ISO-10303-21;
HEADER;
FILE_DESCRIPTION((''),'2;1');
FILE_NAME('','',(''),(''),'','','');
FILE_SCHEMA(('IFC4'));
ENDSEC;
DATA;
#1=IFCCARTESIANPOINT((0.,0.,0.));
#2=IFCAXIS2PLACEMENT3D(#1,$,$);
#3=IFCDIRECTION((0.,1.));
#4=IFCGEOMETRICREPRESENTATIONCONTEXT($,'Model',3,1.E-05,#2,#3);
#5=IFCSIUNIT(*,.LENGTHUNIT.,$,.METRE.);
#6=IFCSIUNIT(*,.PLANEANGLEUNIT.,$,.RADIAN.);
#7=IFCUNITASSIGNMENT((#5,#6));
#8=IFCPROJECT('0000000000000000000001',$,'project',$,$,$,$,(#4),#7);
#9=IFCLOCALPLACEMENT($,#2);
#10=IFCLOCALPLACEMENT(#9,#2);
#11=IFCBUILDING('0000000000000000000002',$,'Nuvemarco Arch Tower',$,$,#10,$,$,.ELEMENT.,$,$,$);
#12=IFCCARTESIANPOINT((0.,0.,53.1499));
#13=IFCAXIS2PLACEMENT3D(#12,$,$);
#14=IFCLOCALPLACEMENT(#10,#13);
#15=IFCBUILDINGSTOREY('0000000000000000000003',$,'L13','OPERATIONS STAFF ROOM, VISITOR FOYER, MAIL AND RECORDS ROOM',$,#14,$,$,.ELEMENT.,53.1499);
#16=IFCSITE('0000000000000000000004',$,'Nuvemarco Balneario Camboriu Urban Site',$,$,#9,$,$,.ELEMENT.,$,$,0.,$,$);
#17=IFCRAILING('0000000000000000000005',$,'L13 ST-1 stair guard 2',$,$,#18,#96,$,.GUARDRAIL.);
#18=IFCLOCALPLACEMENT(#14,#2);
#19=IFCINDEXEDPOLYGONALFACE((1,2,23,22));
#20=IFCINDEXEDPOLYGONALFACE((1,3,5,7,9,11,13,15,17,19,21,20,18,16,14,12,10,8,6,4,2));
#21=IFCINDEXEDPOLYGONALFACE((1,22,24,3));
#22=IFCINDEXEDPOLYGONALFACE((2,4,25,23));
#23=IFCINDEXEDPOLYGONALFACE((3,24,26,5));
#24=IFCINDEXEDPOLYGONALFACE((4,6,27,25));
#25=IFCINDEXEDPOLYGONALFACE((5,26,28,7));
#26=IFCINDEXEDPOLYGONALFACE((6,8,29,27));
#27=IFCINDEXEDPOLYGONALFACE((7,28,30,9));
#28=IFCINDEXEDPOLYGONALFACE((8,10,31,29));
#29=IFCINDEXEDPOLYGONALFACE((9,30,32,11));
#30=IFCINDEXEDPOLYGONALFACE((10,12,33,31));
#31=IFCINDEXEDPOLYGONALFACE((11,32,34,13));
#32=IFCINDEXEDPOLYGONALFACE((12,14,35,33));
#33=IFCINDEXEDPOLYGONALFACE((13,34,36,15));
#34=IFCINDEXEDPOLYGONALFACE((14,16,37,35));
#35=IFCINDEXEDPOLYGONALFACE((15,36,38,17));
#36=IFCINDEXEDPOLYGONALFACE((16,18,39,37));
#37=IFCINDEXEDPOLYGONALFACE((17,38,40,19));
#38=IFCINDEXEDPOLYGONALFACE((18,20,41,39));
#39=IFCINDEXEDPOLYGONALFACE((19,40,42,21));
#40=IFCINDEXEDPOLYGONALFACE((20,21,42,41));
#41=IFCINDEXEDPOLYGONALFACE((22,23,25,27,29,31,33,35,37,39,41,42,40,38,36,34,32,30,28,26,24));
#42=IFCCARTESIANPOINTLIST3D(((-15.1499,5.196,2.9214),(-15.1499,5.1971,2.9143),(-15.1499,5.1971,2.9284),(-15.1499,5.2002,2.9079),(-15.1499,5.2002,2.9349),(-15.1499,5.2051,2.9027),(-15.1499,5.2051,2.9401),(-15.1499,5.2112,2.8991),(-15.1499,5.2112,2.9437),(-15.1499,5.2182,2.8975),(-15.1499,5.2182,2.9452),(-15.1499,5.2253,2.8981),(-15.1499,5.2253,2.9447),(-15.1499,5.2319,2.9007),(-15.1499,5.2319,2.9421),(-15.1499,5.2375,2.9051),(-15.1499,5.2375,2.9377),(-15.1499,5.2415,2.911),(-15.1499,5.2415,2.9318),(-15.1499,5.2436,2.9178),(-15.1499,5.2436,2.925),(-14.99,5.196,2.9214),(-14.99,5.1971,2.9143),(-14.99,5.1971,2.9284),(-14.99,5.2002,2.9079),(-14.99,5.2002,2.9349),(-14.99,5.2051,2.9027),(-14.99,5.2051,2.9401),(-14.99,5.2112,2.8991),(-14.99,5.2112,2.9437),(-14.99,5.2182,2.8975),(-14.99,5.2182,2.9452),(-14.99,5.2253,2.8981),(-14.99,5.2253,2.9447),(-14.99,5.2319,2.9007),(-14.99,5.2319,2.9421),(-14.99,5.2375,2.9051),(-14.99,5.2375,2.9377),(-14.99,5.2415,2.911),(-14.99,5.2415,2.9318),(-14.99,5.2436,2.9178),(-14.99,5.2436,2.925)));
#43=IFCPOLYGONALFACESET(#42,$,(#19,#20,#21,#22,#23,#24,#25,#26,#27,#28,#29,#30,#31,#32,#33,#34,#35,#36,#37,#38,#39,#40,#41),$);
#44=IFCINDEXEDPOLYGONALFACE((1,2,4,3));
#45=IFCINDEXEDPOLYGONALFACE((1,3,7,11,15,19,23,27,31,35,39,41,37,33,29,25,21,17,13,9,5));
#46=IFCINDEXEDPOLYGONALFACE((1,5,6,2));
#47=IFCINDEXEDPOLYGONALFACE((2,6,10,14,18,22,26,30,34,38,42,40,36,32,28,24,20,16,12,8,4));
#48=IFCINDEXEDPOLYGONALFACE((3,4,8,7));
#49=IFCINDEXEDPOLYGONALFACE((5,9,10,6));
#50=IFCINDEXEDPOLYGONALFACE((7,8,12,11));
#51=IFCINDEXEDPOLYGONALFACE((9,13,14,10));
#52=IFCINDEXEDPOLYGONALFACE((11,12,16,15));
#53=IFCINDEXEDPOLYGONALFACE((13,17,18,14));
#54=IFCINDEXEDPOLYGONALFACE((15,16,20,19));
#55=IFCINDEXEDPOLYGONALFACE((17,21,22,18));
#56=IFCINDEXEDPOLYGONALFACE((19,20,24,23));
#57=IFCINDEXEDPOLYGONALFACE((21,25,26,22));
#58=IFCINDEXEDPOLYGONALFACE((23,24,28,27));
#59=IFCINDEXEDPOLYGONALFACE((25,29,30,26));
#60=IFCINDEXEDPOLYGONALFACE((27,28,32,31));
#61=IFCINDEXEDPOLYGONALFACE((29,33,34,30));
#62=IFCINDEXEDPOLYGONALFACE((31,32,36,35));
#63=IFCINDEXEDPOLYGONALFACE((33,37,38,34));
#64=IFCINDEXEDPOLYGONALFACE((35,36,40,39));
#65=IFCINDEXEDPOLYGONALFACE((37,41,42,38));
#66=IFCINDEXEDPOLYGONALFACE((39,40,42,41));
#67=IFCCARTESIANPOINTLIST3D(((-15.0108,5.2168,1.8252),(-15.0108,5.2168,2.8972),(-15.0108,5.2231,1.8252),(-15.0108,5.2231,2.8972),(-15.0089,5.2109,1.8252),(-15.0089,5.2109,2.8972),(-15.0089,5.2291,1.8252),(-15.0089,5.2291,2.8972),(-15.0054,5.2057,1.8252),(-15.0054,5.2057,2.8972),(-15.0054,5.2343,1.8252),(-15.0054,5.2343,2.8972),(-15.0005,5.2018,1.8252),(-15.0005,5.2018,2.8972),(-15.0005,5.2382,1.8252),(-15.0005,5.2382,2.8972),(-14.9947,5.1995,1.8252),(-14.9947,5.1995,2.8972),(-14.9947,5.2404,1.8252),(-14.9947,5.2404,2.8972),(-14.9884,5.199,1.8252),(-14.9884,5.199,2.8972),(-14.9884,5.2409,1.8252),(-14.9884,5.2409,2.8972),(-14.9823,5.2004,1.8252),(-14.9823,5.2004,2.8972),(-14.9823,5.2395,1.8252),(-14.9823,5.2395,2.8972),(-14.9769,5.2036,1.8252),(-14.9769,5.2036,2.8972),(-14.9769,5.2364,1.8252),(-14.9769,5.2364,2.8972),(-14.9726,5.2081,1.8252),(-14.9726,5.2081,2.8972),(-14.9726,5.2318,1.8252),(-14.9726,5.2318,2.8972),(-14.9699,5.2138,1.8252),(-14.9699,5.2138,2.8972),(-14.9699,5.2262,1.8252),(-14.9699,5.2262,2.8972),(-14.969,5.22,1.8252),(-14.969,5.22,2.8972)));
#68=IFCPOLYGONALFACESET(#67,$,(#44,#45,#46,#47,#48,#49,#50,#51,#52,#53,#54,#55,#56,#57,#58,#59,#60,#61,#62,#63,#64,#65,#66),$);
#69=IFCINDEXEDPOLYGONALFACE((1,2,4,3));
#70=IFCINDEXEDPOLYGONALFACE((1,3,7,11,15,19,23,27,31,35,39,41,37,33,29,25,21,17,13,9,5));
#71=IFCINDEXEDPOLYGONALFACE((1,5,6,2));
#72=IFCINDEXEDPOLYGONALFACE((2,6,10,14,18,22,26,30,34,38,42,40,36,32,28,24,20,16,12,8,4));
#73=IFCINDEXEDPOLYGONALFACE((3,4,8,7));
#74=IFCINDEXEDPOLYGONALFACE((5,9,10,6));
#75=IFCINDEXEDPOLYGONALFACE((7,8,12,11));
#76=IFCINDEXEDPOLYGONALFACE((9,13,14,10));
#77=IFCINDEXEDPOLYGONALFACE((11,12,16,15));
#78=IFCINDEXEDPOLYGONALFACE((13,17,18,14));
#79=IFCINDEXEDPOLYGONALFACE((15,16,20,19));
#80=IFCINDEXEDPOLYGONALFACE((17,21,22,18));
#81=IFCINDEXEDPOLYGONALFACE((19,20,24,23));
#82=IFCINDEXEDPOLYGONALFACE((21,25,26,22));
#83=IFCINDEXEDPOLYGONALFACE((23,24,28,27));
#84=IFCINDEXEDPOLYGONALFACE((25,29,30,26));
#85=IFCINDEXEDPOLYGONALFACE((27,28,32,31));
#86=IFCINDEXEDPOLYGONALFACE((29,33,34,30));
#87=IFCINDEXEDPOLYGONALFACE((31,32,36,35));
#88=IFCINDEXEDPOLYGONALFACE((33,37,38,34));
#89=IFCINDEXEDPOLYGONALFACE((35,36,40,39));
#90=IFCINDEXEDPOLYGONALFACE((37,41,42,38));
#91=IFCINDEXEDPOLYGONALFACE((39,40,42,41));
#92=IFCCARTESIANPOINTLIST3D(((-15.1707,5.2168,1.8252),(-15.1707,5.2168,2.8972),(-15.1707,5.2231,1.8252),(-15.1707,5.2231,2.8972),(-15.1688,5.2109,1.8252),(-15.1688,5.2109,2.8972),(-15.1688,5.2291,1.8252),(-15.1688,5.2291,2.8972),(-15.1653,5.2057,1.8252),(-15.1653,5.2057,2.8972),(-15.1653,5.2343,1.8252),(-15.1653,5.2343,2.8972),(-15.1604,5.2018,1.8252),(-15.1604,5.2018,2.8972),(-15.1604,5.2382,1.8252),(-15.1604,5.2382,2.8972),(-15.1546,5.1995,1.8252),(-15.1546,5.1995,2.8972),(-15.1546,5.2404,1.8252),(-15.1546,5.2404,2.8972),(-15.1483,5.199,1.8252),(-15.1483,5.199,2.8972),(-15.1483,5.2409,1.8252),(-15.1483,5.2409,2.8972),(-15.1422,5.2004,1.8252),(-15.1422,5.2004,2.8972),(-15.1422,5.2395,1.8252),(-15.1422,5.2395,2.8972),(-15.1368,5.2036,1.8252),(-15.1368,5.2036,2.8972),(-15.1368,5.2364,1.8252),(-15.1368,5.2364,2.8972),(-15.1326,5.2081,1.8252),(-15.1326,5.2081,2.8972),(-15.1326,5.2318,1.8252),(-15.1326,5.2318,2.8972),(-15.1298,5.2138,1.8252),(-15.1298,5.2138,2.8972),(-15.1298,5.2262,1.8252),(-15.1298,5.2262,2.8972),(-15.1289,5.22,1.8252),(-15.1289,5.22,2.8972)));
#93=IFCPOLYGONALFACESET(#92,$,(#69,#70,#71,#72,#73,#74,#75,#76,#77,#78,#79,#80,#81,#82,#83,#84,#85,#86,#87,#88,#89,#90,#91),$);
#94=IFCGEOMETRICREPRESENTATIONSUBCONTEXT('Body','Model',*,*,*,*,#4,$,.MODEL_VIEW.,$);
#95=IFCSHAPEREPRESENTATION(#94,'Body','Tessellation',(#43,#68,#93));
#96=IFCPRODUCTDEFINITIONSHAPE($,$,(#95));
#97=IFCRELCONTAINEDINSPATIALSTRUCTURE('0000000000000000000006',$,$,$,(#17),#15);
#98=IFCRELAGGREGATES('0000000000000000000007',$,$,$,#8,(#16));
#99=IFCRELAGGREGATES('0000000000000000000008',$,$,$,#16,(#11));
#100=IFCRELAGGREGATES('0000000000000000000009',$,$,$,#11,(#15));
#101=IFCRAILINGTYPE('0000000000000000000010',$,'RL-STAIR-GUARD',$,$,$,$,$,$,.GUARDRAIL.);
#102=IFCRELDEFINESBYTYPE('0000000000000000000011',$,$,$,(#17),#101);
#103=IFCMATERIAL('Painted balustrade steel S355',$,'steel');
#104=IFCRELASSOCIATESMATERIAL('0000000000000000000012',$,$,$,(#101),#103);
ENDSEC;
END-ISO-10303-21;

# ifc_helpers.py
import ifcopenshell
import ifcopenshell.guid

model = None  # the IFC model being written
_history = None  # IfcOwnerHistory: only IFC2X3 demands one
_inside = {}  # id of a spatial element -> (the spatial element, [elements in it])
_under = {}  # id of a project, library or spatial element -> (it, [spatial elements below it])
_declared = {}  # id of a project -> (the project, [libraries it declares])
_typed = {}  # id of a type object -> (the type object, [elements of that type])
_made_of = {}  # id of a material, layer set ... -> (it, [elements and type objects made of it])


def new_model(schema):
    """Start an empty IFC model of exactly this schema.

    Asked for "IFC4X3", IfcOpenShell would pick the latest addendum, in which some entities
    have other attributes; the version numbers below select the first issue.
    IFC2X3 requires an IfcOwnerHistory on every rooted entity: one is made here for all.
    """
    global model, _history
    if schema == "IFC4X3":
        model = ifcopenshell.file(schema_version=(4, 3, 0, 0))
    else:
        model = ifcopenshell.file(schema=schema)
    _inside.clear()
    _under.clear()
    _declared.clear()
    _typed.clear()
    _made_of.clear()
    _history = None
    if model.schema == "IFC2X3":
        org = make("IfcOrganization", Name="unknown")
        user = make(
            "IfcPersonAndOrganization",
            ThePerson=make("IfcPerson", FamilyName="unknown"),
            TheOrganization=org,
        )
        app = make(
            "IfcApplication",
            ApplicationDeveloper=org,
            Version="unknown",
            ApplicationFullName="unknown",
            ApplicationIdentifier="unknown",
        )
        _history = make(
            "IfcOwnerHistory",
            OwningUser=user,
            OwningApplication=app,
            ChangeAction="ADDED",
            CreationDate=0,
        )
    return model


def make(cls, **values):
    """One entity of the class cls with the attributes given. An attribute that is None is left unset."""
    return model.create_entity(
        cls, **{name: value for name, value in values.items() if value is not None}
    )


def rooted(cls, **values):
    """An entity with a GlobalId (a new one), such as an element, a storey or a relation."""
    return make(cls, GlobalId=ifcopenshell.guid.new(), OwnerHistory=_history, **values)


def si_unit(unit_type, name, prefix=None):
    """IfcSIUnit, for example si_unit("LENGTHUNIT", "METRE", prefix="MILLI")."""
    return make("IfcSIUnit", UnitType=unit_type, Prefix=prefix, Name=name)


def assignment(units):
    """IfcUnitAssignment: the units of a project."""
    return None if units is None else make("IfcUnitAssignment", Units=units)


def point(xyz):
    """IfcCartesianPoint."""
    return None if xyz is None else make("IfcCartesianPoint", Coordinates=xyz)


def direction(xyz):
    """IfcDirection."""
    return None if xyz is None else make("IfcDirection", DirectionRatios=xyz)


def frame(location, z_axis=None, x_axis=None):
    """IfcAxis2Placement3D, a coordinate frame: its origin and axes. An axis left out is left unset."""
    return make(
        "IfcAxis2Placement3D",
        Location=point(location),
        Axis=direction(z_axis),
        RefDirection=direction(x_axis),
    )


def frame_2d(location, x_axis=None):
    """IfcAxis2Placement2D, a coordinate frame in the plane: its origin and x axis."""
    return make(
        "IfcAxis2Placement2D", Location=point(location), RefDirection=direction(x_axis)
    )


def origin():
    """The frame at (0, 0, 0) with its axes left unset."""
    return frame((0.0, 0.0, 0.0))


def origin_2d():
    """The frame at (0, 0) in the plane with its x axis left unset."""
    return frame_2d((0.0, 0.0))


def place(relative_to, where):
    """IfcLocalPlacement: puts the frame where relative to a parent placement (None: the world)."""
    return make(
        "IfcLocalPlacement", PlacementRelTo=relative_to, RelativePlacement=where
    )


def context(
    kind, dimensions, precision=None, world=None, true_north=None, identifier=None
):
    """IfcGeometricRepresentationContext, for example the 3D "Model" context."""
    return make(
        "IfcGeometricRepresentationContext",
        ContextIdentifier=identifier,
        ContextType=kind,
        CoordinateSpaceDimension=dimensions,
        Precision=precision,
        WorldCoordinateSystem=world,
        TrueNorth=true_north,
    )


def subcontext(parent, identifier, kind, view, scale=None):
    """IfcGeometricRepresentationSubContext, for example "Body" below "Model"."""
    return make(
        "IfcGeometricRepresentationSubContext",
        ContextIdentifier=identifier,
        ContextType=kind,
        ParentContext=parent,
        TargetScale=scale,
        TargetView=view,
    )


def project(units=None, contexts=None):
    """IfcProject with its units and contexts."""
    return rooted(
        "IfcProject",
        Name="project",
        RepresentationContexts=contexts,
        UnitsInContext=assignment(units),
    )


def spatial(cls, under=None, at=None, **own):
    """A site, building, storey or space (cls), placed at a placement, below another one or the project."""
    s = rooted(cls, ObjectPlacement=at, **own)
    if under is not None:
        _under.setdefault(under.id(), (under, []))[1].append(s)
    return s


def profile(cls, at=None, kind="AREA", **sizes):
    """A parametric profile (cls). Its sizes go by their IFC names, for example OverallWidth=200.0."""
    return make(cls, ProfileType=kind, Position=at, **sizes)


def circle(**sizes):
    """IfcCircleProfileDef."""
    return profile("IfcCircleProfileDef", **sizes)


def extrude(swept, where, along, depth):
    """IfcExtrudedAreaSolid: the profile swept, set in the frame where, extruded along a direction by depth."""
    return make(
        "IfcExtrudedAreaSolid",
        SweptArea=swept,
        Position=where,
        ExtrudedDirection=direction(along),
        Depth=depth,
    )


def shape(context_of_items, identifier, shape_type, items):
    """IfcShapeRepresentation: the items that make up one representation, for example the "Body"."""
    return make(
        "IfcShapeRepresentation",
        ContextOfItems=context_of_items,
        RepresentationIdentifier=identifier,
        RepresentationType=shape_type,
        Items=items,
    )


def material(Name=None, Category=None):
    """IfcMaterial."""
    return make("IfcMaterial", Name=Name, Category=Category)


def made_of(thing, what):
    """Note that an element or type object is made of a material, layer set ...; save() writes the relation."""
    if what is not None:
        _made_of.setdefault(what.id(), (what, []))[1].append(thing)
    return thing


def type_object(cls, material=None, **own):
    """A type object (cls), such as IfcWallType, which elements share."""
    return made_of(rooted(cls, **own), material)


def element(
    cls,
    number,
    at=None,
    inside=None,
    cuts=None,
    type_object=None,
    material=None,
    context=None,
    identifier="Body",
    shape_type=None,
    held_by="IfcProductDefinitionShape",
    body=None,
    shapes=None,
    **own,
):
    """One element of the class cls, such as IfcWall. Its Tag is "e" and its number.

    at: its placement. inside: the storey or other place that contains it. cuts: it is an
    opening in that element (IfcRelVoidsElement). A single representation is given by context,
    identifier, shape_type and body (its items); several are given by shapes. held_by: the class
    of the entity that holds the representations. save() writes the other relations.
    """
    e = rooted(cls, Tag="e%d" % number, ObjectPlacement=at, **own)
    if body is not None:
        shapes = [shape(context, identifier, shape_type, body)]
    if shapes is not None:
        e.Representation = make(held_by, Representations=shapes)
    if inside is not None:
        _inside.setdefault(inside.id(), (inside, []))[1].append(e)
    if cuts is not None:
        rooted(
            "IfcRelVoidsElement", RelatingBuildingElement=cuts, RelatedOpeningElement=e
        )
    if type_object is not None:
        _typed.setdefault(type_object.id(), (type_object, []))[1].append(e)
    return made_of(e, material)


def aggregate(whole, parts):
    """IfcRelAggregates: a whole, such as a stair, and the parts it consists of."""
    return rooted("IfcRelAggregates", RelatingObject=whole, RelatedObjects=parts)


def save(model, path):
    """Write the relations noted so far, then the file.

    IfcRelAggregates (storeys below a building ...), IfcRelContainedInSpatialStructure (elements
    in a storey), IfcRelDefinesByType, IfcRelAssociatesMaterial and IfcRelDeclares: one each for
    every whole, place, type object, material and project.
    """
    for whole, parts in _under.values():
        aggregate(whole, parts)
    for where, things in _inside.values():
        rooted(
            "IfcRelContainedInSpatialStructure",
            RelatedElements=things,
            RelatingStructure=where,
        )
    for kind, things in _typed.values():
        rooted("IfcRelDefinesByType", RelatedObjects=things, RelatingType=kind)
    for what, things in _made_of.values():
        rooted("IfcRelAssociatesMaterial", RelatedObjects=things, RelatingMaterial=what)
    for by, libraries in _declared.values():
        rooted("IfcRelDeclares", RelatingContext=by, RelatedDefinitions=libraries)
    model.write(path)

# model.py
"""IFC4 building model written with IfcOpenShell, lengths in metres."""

from ifc_helpers import new_model, si_unit, direction, frame, origin, origin_2d, place, context, subcontext, project, spatial, circle, extrude, material, type_object, element, save


model = new_model("IFC4")

# Units and contexts
model_context = context("Model", 3, precision=1e-05, world=origin(), true_north=direction((0.0, 1.0)))
body_context = subcontext(model_context, "Body", "Model", "MODEL_VIEW")
ifc_project = project(units=[si_unit("LENGTHUNIT", "METRE"), si_unit("PLANEANGLEUNIT", "RADIAN")], contexts=[model_context])

# Site, building, storey
site_placement = place(None, origin())
site = spatial("IfcSite", under=ifc_project, at=site_placement, Name="Nuvemarco Balneario Camboriu Urban Site", CompositionType="ELEMENT", RefElevation=0.0)
building_placement = place(site_placement, origin())
building = spatial("IfcBuilding", under=site, at=building_placement, Name="Nuvemarco Arch Tower", CompositionType="ELEMENT")
storey_placement = place(building_placement, frame((0.0, 0.0, 53.1499)))
storey = spatial("IfcBuildingStorey", under=building, at=storey_placement, Name="L13", Description="OPERATIONS STAFF ROOM, VISITOR FOYER, MAIL AND RECORDS ROOM", CompositionType="ELEMENT", Elevation=53.1499)

# Railing
ifc_material_1 = material(Name="Painted balustrade steel S355", Category="steel")
railing_type_1 = type_object("IfcRailingType", Name="RL-STAIR-GUARD", PredefinedType="GUARDRAIL", material=ifc_material_1)
railing_1_placement = place(storey_placement, frame((-14.99, 5.22, 1.8252)))
element("IfcRailing", 1, at=railing_1_placement, inside=storey, type_object=railing_type_1, Name="L13 ST-1 stair guard 2", PredefinedType="GUARDRAIL", context=body_context, shape_type="SweptSolid", body=[
    extrude(circle(Radius=0.0239, at=origin_2d()), frame((0.0, 0.0, 1.0962), z_axis=(-1.0, 0.0, 0.0), x_axis=(0.0, -1.0, 0.0)), (0.0, 0.0, 1.0), 0.1599),
    extrude(circle(Radius=0.021, at=origin_2d()), origin(), (0.0, 0.0, 1.0), 1.072),
    extrude(circle(Radius=0.021, at=origin_2d()), frame((-0.1599, 0.0, 0.0)), (0.0, 0.0, 1.0), 1.072),
])

save(model, "model.ifc")
